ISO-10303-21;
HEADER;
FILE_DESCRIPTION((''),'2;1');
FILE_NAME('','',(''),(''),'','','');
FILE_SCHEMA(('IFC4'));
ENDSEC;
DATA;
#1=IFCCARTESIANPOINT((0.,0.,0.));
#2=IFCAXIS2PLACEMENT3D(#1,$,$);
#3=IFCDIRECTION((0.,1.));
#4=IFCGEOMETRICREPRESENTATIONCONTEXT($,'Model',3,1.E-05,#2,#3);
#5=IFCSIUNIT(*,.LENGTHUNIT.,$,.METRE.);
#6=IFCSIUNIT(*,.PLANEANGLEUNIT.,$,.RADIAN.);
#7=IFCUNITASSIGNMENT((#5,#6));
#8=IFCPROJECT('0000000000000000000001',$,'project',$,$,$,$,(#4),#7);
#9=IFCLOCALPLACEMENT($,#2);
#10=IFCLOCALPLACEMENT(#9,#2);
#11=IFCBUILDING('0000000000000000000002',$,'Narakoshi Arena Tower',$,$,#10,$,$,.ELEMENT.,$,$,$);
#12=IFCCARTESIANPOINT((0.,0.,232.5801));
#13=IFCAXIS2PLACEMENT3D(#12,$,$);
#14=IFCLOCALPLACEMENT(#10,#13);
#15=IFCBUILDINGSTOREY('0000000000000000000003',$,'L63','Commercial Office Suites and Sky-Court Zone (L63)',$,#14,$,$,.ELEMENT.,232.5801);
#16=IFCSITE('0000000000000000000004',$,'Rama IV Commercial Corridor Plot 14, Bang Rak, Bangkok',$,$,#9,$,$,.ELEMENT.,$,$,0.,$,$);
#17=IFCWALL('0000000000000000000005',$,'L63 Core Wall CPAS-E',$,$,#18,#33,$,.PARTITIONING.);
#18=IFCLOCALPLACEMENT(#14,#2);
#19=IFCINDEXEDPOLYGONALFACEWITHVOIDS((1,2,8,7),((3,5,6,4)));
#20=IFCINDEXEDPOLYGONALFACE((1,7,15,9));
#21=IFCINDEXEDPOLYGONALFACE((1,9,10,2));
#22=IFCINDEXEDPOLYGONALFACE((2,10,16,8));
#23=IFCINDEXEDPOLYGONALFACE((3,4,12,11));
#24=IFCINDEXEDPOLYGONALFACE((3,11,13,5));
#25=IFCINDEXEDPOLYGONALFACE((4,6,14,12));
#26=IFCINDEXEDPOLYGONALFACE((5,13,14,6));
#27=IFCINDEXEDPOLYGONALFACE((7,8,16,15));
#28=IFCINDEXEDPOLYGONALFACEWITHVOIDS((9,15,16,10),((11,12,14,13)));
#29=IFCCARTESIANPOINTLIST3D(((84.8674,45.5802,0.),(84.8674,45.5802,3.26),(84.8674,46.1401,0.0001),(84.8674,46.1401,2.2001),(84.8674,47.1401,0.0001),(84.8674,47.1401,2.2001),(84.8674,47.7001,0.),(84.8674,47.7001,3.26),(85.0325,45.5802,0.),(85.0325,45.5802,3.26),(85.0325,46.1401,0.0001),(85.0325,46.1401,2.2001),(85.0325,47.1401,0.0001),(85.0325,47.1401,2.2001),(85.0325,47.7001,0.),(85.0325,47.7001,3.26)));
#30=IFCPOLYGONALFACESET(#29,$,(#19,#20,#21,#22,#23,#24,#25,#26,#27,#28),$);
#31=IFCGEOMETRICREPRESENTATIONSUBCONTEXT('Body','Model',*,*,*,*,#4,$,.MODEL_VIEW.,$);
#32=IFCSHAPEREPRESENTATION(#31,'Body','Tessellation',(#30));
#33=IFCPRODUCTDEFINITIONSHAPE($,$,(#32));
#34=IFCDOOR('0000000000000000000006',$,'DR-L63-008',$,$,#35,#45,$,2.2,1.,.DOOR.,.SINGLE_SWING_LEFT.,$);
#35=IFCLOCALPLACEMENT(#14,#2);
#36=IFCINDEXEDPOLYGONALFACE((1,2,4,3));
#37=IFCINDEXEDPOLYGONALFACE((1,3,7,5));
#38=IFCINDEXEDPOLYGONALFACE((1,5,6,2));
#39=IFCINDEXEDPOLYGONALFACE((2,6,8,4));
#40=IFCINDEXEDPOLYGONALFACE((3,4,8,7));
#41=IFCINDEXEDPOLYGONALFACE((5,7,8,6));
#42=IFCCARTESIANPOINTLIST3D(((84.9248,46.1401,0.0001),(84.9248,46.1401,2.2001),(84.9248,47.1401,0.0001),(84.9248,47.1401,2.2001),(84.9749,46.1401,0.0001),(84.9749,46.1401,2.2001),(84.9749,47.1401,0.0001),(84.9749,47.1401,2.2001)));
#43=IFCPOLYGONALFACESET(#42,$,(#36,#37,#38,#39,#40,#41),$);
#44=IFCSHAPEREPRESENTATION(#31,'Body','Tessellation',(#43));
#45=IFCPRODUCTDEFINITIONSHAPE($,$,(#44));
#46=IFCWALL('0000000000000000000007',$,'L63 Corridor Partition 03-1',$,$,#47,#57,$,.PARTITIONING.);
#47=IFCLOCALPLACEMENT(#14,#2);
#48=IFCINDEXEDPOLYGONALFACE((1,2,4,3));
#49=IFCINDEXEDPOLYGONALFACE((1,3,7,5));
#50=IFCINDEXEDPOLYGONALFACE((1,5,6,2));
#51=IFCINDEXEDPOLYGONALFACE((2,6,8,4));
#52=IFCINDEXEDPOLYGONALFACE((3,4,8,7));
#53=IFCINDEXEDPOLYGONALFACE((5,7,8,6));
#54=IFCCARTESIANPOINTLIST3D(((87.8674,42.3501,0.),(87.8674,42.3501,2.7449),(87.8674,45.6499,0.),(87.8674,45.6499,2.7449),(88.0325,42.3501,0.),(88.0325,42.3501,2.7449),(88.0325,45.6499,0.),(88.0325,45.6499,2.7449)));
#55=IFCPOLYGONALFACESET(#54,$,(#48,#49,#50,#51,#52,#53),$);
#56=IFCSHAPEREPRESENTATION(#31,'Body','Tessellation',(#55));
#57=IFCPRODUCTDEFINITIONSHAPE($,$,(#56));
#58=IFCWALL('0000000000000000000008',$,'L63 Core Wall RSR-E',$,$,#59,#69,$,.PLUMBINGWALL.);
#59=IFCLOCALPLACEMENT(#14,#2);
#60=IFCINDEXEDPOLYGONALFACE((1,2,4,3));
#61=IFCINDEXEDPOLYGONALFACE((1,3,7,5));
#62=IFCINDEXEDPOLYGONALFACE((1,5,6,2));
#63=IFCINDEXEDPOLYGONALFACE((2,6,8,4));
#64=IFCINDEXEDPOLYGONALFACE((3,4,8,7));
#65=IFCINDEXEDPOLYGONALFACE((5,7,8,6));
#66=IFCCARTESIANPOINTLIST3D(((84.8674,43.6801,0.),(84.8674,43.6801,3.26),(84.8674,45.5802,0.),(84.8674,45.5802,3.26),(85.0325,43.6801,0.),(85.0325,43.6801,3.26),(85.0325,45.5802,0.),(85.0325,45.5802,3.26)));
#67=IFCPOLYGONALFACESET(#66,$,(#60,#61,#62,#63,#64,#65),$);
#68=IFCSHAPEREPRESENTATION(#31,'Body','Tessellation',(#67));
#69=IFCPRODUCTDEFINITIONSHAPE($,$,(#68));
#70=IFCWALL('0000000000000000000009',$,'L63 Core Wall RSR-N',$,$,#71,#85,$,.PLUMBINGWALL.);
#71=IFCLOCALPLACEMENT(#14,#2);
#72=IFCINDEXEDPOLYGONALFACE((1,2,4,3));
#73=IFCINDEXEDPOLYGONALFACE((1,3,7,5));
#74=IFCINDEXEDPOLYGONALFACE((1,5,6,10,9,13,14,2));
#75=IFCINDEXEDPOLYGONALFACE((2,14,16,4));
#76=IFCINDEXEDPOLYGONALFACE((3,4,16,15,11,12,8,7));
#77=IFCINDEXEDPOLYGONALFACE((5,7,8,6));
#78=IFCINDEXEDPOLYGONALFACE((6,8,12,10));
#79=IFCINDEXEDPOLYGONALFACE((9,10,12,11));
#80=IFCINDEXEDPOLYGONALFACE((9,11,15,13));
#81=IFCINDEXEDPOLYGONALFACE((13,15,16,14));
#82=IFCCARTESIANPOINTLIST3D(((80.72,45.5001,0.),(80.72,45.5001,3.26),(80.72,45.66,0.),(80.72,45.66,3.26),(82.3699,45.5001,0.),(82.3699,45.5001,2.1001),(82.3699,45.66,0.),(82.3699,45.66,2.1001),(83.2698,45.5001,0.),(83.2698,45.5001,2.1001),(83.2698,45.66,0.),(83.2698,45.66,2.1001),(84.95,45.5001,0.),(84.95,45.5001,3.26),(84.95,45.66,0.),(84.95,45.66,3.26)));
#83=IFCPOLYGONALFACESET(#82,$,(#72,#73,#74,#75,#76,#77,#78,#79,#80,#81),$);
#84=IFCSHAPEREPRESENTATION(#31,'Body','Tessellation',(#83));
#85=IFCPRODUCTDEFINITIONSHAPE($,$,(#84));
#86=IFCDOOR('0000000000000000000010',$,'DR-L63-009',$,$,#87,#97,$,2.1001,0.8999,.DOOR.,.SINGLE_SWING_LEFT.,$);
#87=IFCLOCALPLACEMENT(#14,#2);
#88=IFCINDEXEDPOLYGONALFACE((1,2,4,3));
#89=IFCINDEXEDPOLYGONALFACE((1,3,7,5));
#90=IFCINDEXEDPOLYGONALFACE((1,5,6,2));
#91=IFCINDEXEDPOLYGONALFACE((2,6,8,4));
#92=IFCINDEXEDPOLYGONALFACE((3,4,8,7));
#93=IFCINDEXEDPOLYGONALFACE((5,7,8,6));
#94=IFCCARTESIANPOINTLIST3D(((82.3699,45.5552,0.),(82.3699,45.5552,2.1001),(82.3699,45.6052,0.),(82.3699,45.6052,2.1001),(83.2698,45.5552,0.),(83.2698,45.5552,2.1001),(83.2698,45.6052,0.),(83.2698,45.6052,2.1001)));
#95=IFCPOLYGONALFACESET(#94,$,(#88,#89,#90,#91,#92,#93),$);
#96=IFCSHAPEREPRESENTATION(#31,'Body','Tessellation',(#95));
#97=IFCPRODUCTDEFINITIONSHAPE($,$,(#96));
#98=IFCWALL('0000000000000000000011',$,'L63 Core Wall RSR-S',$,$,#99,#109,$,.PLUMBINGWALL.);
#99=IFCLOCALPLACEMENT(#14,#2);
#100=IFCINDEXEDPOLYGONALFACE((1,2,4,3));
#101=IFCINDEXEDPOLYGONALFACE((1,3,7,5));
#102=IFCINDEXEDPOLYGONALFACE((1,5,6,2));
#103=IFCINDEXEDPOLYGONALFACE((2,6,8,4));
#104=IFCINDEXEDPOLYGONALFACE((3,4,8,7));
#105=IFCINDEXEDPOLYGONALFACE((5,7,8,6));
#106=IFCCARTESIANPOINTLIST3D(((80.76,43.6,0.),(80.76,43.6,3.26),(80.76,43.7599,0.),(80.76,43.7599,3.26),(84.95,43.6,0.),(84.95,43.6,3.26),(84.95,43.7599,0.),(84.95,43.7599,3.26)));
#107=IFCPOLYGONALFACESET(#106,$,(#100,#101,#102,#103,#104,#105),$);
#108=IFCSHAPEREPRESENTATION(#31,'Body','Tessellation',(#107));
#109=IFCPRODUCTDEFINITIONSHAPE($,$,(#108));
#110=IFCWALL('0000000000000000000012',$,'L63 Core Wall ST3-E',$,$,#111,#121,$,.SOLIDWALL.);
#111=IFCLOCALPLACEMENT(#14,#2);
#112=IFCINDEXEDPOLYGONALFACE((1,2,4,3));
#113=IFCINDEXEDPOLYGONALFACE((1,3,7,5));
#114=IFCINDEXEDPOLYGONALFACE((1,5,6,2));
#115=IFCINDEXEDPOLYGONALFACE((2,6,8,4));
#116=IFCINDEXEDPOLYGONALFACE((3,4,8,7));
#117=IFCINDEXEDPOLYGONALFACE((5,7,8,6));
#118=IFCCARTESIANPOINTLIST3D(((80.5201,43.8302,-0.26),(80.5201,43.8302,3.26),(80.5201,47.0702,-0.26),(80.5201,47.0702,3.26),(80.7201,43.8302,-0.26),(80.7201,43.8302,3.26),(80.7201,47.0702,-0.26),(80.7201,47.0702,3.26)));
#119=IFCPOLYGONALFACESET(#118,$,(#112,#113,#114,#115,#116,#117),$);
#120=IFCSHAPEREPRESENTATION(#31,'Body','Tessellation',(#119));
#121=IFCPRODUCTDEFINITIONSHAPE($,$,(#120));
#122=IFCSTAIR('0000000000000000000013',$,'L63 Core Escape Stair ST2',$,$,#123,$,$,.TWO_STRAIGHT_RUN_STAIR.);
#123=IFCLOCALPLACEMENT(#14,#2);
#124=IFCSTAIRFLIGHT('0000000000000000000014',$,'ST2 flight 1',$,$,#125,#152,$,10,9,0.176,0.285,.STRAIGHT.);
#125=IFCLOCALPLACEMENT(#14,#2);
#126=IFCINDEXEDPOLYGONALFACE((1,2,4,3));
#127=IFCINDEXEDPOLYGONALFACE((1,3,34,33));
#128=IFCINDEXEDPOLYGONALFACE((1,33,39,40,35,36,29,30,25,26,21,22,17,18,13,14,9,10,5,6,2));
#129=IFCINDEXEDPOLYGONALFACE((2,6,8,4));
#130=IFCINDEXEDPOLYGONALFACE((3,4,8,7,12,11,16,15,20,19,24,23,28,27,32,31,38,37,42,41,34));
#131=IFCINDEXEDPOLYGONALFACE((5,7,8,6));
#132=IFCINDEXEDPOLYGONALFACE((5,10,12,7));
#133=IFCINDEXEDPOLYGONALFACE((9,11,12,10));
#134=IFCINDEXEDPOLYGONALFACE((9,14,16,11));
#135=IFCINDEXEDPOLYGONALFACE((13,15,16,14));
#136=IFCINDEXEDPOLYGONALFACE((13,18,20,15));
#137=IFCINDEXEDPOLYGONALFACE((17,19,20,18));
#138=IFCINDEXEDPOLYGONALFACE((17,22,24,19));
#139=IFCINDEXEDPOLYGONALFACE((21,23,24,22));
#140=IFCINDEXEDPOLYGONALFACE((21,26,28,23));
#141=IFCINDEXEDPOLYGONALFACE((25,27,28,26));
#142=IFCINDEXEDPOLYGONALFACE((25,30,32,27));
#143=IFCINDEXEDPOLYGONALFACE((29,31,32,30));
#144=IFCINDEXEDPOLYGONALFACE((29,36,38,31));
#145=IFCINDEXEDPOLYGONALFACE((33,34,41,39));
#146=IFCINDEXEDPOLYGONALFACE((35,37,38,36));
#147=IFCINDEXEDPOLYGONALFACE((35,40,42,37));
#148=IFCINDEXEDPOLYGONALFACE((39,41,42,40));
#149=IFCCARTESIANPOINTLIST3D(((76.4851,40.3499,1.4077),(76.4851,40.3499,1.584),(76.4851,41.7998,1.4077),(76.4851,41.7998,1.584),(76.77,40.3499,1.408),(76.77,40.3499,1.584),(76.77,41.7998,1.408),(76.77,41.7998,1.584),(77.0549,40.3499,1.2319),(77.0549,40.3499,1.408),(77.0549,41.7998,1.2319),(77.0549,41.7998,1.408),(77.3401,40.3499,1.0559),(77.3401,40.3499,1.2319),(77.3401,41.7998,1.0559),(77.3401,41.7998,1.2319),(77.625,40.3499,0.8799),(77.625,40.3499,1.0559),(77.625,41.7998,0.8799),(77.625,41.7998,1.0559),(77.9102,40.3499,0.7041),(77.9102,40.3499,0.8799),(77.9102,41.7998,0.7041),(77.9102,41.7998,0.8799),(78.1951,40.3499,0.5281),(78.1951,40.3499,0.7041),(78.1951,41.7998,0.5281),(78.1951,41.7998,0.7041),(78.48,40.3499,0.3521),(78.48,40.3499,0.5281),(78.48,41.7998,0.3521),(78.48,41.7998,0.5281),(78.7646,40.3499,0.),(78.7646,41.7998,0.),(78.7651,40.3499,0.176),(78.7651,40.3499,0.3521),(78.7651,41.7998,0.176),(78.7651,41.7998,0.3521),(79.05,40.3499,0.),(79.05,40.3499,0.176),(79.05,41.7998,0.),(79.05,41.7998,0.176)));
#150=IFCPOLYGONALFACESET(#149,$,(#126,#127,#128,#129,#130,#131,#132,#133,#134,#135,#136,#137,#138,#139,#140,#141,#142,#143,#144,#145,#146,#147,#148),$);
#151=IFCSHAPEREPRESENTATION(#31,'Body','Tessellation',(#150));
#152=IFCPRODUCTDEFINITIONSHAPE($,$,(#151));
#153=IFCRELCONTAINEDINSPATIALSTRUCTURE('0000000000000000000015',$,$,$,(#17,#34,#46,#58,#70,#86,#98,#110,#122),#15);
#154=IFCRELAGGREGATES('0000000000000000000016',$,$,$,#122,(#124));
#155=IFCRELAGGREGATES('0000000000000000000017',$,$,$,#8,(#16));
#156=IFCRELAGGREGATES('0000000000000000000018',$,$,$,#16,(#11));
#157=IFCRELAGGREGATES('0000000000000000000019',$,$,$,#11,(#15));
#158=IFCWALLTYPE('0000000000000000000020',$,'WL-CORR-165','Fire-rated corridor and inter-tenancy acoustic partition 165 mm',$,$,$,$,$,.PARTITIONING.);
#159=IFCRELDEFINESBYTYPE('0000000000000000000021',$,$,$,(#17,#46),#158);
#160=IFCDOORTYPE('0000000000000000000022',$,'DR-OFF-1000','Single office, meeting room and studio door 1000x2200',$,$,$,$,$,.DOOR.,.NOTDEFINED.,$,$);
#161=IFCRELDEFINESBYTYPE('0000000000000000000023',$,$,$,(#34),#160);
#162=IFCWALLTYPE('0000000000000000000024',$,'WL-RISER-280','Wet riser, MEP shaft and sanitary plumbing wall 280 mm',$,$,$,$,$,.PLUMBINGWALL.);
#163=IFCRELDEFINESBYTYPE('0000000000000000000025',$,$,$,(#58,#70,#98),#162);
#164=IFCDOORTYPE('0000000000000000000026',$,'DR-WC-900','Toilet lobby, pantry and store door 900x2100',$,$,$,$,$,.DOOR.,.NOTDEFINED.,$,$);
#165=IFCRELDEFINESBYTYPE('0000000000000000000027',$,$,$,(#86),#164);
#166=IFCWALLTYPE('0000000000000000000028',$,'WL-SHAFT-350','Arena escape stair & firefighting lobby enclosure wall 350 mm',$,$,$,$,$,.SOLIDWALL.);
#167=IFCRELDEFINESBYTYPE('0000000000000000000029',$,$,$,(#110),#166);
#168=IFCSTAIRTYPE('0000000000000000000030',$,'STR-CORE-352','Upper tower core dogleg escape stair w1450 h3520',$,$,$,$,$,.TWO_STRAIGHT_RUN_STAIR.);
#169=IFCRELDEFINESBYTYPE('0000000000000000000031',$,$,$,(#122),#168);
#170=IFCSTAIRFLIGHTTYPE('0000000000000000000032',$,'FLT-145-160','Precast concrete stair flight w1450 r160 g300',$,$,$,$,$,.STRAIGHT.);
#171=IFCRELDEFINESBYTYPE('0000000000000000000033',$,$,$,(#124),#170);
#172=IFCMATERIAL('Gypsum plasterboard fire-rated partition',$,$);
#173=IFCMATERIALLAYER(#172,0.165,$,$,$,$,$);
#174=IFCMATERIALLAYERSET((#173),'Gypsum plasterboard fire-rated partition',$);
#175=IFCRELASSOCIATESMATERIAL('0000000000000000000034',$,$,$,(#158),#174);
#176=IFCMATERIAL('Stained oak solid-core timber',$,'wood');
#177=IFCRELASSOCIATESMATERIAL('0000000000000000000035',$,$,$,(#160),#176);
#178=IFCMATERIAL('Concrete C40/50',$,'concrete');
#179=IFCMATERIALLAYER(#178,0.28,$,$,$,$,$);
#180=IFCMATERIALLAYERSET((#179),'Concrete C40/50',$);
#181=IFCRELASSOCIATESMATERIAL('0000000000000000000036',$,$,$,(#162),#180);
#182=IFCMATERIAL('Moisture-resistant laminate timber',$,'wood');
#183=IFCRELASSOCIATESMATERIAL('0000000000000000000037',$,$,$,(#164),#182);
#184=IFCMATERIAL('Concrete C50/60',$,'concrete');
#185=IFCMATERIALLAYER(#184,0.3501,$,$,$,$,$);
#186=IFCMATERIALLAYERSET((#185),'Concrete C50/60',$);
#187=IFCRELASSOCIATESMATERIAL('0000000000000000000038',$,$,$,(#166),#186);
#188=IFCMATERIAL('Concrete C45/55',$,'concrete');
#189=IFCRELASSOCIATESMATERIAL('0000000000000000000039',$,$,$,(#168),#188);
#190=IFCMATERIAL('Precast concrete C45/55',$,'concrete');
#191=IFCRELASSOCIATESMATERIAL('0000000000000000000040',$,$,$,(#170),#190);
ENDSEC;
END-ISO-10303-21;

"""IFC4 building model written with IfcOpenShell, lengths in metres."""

from ifc_helpers import new_model, si_unit, direction, frame, frame_2d, origin, place, context, subcontext, project, spatial, polyline, rectangle, outline, extrude, material, layer, layer_set, type_object, element, fill, aggregate, save


model = new_model("IFC4")

# Units and contexts
model_context = context("Model", 3, precision=1e-05, world=origin(), true_north=direction((0.0, 1.0)))
body_context = subcontext(model_context, "Body", "Model", "MODEL_VIEW")
ifc_project = project(units=[si_unit("LENGTHUNIT", "METRE"), si_unit("PLANEANGLEUNIT", "RADIAN")], contexts=[model_context])

# Site, building, storey
site_placement = place(None, origin())
site = spatial("IfcSite", under=ifc_project, at=site_placement, Name="Rama IV Commercial Corridor Plot 14, Bang Rak, Bangkok", CompositionType="ELEMENT", RefElevation=0.0)
building_placement = place(site_placement, origin())
building = spatial("IfcBuilding", under=site, at=building_placement, Name="Narakoshi Arena Tower", CompositionType="ELEMENT")
storey_placement = place(building_placement, frame((0.0, 0.0, 232.5801)))
storey = spatial("IfcBuildingStorey", under=building, at=storey_placement, Name="L63", Description="Commercial Office Suites and Sky-Court Zone (L63)", CompositionType="ELEMENT", Elevation=232.5801)

# Shared definitions
ifc_material_1 = material(Name="Concrete C50/60", Category="concrete")

# Wall, opening, door
ifc_material_2 = material(Name="Gypsum plasterboard fire-rated partition")
ifc_layer_1 = layer(ifc_material_2, 0.165)
ifc_layer_set_1 = layer_set([ifc_layer_1], Name="Gypsum plasterboard fire-rated partition")
wall_type_1 = type_object("IfcWallType", Name="WL-CORR-165", Description="Fire-rated corridor and inter-tenancy acoustic partition 165 mm", PredefinedType="PARTITIONING", material=ifc_layer_set_1)
wall_1_placement = place(storey_placement, frame((84.95, 45.5801, 0.0), z_axis=(0.0, 0.0, 1.0), x_axis=(0.0, 1.0, 0.0)))
wall_1 = element("IfcWall", 1, at=wall_1_placement, inside=storey, type_object=wall_type_1, Name="L63 Core Wall CPAS-E", PredefinedType="PARTITIONING", context=body_context, shape_type="SweptSolid", body=[
    extrude(rectangle(XDim=2.1199, YDim=0.165, at=frame_2d((1.0601, 0.0))), origin(), (0.0, 0.0, 1.0), 3.26),
])
opening_1_placement = place(wall_1_placement, frame((0.5601, 0.0, 0.0)))
opening_1 = element("IfcOpeningElement", 2, at=opening_1_placement, cuts=wall_1, PredefinedType="OPENING", context=body_context, shape_type="SweptSolid", body=[
    extrude(rectangle(XDim=1.0, YDim=2.2, at=frame_2d((0.5, 1.1001))), frame((0.0, 0.0925, 0.0), z_axis=(0.0, -1.0, 0.0), x_axis=(1.0, 0.0, 0.0)), (0.0, 0.0, 1.0), 0.1851),
])
ifc_material_3 = material(Name="Stained oak solid-core timber", Category="wood")
door_type_1 = type_object("IfcDoorType", Name="DR-OFF-1000", Description="Single office, meeting room and studio door 1000x2200", OperationType="NOTDEFINED", PredefinedType="DOOR", material=ifc_material_3)
door_1_placement = place(opening_1_placement, frame((1.0, 0.0, 0.0), z_axis=(0.0, 0.0, 1.0), x_axis=(-1.0, 0.0, 0.0)))
door_1 = element("IfcDoor", 3, at=door_1_placement, inside=storey, type_object=door_type_1, Name="DR-L63-008", OperationType="SINGLE_SWING_LEFT", OverallHeight=2.2, OverallWidth=1.0, PredefinedType="DOOR", context=body_context, shape_type="SweptSolid", body=[
    extrude(rectangle(XDim=1.0, YDim=2.2, at=frame_2d((0.5, 1.1001))), frame((0.0, 0.0249, 0.0), z_axis=(0.0, -1.0, 0.0), x_axis=(1.0, 0.0, 0.0)), (0.0, 0.0, 1.0), 0.05),
])
fill(opening_1, door_1)

# Walls
wall_2_placement = place(storey_placement, frame((87.95, 42.3501, 0.0), z_axis=(0.0, 0.0, 1.0), x_axis=(0.0, 1.0, 0.0)))
element("IfcWall", 4, at=wall_2_placement, inside=storey, type_object=wall_type_1, Name="L63 Corridor Partition 03-1", PredefinedType="PARTITIONING", context=body_context, shape_type="SweptSolid", body=[
    extrude(rectangle(XDim=3.2998, YDim=0.165, at=frame_2d((1.6499, 0.0))), origin(), (0.0, 0.0, 1.0), 2.7449),
])
ifc_material_4 = material(Name="Concrete C40/50", Category="concrete")
ifc_layer_2 = layer(ifc_material_4, 0.28)
ifc_layer_set_2 = layer_set([ifc_layer_2], Name="Concrete C40/50")
wall_type_2 = type_object("IfcWallType", Name="WL-RISER-280", Description="Wet riser, MEP shaft and sanitary plumbing wall 280 mm", PredefinedType="PLUMBINGWALL", material=ifc_layer_set_2)
wall_3_placement = place(storey_placement, frame((84.95, 43.6799, 0.0), z_axis=(0.0, 0.0, 1.0), x_axis=(0.0, 1.0, 0.0)))
element("IfcWall", 5, at=wall_3_placement, inside=storey, type_object=wall_type_2, Name="L63 Core Wall RSR-E", PredefinedType="PLUMBINGWALL", context=body_context, shape_type="SweptSolid", body=[
    extrude(rectangle(XDim=1.9001, YDim=0.165, at=frame_2d((0.9502, 0.0))), origin(), (0.0, 0.0, 1.0), 3.26),
])

# Wall, opening, door
wall_4_placement = place(storey_placement, frame((80.72, 45.5801, 0.0), z_axis=(0.0, 0.0, 1.0), x_axis=(1.0, 0.0, 0.0)))
wall_4 = element("IfcWall", 6, at=wall_4_placement, inside=storey, type_object=wall_type_2, Name="L63 Core Wall RSR-N", PredefinedType="PLUMBINGWALL", context=body_context, shape_type="SweptSolid", body=[
    extrude(rectangle(XDim=4.23, YDim=0.1599, at=frame_2d((2.115, 0.0))), origin(), (0.0, 0.0, 1.0), 3.26),
])
opening_2_placement = place(wall_4_placement, frame((1.6499, 0.0, 0.0)))
opening_2 = element("IfcOpeningElement", 7, at=opening_2_placement, cuts=wall_4, PredefinedType="OPENING", context=body_context, shape_type="SweptSolid", body=[
    extrude(rectangle(XDim=0.8999, YDim=2.1001, at=frame_2d((0.45, 1.05))), frame((0.0, 0.0898, 0.0), z_axis=(0.0, -1.0, 0.0), x_axis=(1.0, 0.0, 0.0)), (0.0, 0.0, 1.0), 0.1799),
])
ifc_material_5 = material(Name="Moisture-resistant laminate timber", Category="wood")
door_type_2 = type_object("IfcDoorType", Name="DR-WC-900", Description="Toilet lobby, pantry and store door 900x2100", OperationType="NOTDEFINED", PredefinedType="DOOR", material=ifc_material_5)
door_2_placement = place(opening_2_placement, frame((0.8999, 0.0, 0.0), z_axis=(0.0, 0.0, 1.0), x_axis=(-1.0, 0.0, 0.0)))
door_2 = element("IfcDoor", 8, at=door_2_placement, inside=storey, type_object=door_type_2, Name="DR-L63-009", OperationType="SINGLE_SWING_LEFT", OverallHeight=2.1001, OverallWidth=0.8999, PredefinedType="DOOR", context=body_context, shape_type="SweptSolid", body=[
    extrude(rectangle(XDim=0.8999, YDim=2.1001, at=frame_2d((0.45, 1.05))), frame((0.0, 0.0249, 0.0), z_axis=(0.0, -1.0, 0.0), x_axis=(1.0, 0.0, 0.0)), (0.0, 0.0, 1.0), 0.05),
])
fill(opening_2, door_2)

# Walls
wall_5_placement = place(storey_placement, frame((80.76, 43.6799, 0.0), z_axis=(0.0, 0.0, 1.0), x_axis=(1.0, 0.0, 0.0)))
element("IfcWall", 9, at=wall_5_placement, inside=storey, type_object=wall_type_2, Name="L63 Core Wall RSR-S", PredefinedType="PLUMBINGWALL", context=body_context, shape_type="SweptSolid", body=[
    extrude(rectangle(XDim=4.1899, YDim=0.1599, at=frame_2d((2.095, 0.0))), origin(), (0.0, 0.0, 1.0), 3.26),
])
ifc_layer_3 = layer(ifc_material_1, 0.3501)
ifc_layer_set_3 = layer_set([ifc_layer_3], Name="Concrete C50/60")
wall_type_3 = type_object("IfcWallType", Name="WL-SHAFT-350", Description="Arena escape stair & firefighting lobby enclosure wall 350 mm", PredefinedType="SOLIDWALL", material=ifc_layer_set_3)
wall_6_placement = place(storey_placement, frame((80.6201, 43.8301, -0.26), z_axis=(0.0, 0.0, 1.0), x_axis=(0.0, 1.0, 0.0)))
element("IfcWall", 10, at=wall_6_placement, inside=storey, type_object=wall_type_3, Name="L63 Core Wall ST3-E", PredefinedType="SOLIDWALL", context=body_context, shape_type="SweptSolid", body=[
    extrude(rectangle(XDim=3.24, YDim=0.2, at=frame_2d((1.6201, 0.0))), origin(), (0.0, 0.0, 1.0), 3.52),
])

# Stair, stair flight
ifc_material_6 = material(Name="Concrete C45/55", Category="concrete")
stair_type = type_object("IfcStairType", Name="STR-CORE-352", Description="Upper tower core dogleg escape stair w1450 h3520", PredefinedType="TWO_STRAIGHT_RUN_STAIR", material=ifc_material_6)
stair_placement = place(storey_placement, origin())
stair = element("IfcStair", 11, at=stair_placement, inside=storey, type_object=stair_type, Name="L63 Core Escape Stair ST2", PredefinedType="TWO_STRAIGHT_RUN_STAIR")
ifc_material_7 = material(Name="Precast concrete C45/55", Category="concrete")
stair_flight_type = type_object("IfcStairFlightType", Name="FLT-145-160", Description="Precast concrete stair flight w1450 r160 g300", PredefinedType="STRAIGHT", material=ifc_material_7)
stair_flight_placement = place(storey_placement, frame((79.05, 41.075, 0.0), z_axis=(0.0, 0.0, 1.0), x_axis=(-1.0, 0.0, 0.0)))
stair_flight = element("IfcStairFlight", 12, at=stair_flight_placement, type_object=stair_flight_type, Name="ST2 flight 1", NumberOfRisers=10, NumberOfTreads=9, PredefinedType="STRAIGHT", RiserHeight=0.176, TreadLength=0.285, context=body_context, shape_type="SweptSolid", body=[
    extrude(outline(polyline([(0.0, 0.0), (0.0, 0.176), (0.2849, 0.176), (0.2849, 0.3521), (0.5701, 0.3521), (0.5701, 0.5281), (0.855, 0.5281), (0.855, 0.7041), (1.1399, 0.7041), (1.1399, 0.8799), (1.425, 0.8799), (1.425, 1.0559), (1.71, 1.0559), (1.71, 1.2319), (1.9951, 1.2319), (1.9951, 1.408), (2.28, 1.408), (2.28, 1.584), (2.5649, 1.584), (2.5649, 1.76), (2.5649, 1.4077), (0.2854, 0.0), (0.0, 0.0)])), frame((0.0, 0.7251, 0.0), z_axis=(0.0, -1.0, 0.0), x_axis=(1.0, 0.0, 0.0)), (0.0, 0.0, 1.0), 1.45),
])
aggregate(stair, [stair_flight])

save(model, "model.ifc")
